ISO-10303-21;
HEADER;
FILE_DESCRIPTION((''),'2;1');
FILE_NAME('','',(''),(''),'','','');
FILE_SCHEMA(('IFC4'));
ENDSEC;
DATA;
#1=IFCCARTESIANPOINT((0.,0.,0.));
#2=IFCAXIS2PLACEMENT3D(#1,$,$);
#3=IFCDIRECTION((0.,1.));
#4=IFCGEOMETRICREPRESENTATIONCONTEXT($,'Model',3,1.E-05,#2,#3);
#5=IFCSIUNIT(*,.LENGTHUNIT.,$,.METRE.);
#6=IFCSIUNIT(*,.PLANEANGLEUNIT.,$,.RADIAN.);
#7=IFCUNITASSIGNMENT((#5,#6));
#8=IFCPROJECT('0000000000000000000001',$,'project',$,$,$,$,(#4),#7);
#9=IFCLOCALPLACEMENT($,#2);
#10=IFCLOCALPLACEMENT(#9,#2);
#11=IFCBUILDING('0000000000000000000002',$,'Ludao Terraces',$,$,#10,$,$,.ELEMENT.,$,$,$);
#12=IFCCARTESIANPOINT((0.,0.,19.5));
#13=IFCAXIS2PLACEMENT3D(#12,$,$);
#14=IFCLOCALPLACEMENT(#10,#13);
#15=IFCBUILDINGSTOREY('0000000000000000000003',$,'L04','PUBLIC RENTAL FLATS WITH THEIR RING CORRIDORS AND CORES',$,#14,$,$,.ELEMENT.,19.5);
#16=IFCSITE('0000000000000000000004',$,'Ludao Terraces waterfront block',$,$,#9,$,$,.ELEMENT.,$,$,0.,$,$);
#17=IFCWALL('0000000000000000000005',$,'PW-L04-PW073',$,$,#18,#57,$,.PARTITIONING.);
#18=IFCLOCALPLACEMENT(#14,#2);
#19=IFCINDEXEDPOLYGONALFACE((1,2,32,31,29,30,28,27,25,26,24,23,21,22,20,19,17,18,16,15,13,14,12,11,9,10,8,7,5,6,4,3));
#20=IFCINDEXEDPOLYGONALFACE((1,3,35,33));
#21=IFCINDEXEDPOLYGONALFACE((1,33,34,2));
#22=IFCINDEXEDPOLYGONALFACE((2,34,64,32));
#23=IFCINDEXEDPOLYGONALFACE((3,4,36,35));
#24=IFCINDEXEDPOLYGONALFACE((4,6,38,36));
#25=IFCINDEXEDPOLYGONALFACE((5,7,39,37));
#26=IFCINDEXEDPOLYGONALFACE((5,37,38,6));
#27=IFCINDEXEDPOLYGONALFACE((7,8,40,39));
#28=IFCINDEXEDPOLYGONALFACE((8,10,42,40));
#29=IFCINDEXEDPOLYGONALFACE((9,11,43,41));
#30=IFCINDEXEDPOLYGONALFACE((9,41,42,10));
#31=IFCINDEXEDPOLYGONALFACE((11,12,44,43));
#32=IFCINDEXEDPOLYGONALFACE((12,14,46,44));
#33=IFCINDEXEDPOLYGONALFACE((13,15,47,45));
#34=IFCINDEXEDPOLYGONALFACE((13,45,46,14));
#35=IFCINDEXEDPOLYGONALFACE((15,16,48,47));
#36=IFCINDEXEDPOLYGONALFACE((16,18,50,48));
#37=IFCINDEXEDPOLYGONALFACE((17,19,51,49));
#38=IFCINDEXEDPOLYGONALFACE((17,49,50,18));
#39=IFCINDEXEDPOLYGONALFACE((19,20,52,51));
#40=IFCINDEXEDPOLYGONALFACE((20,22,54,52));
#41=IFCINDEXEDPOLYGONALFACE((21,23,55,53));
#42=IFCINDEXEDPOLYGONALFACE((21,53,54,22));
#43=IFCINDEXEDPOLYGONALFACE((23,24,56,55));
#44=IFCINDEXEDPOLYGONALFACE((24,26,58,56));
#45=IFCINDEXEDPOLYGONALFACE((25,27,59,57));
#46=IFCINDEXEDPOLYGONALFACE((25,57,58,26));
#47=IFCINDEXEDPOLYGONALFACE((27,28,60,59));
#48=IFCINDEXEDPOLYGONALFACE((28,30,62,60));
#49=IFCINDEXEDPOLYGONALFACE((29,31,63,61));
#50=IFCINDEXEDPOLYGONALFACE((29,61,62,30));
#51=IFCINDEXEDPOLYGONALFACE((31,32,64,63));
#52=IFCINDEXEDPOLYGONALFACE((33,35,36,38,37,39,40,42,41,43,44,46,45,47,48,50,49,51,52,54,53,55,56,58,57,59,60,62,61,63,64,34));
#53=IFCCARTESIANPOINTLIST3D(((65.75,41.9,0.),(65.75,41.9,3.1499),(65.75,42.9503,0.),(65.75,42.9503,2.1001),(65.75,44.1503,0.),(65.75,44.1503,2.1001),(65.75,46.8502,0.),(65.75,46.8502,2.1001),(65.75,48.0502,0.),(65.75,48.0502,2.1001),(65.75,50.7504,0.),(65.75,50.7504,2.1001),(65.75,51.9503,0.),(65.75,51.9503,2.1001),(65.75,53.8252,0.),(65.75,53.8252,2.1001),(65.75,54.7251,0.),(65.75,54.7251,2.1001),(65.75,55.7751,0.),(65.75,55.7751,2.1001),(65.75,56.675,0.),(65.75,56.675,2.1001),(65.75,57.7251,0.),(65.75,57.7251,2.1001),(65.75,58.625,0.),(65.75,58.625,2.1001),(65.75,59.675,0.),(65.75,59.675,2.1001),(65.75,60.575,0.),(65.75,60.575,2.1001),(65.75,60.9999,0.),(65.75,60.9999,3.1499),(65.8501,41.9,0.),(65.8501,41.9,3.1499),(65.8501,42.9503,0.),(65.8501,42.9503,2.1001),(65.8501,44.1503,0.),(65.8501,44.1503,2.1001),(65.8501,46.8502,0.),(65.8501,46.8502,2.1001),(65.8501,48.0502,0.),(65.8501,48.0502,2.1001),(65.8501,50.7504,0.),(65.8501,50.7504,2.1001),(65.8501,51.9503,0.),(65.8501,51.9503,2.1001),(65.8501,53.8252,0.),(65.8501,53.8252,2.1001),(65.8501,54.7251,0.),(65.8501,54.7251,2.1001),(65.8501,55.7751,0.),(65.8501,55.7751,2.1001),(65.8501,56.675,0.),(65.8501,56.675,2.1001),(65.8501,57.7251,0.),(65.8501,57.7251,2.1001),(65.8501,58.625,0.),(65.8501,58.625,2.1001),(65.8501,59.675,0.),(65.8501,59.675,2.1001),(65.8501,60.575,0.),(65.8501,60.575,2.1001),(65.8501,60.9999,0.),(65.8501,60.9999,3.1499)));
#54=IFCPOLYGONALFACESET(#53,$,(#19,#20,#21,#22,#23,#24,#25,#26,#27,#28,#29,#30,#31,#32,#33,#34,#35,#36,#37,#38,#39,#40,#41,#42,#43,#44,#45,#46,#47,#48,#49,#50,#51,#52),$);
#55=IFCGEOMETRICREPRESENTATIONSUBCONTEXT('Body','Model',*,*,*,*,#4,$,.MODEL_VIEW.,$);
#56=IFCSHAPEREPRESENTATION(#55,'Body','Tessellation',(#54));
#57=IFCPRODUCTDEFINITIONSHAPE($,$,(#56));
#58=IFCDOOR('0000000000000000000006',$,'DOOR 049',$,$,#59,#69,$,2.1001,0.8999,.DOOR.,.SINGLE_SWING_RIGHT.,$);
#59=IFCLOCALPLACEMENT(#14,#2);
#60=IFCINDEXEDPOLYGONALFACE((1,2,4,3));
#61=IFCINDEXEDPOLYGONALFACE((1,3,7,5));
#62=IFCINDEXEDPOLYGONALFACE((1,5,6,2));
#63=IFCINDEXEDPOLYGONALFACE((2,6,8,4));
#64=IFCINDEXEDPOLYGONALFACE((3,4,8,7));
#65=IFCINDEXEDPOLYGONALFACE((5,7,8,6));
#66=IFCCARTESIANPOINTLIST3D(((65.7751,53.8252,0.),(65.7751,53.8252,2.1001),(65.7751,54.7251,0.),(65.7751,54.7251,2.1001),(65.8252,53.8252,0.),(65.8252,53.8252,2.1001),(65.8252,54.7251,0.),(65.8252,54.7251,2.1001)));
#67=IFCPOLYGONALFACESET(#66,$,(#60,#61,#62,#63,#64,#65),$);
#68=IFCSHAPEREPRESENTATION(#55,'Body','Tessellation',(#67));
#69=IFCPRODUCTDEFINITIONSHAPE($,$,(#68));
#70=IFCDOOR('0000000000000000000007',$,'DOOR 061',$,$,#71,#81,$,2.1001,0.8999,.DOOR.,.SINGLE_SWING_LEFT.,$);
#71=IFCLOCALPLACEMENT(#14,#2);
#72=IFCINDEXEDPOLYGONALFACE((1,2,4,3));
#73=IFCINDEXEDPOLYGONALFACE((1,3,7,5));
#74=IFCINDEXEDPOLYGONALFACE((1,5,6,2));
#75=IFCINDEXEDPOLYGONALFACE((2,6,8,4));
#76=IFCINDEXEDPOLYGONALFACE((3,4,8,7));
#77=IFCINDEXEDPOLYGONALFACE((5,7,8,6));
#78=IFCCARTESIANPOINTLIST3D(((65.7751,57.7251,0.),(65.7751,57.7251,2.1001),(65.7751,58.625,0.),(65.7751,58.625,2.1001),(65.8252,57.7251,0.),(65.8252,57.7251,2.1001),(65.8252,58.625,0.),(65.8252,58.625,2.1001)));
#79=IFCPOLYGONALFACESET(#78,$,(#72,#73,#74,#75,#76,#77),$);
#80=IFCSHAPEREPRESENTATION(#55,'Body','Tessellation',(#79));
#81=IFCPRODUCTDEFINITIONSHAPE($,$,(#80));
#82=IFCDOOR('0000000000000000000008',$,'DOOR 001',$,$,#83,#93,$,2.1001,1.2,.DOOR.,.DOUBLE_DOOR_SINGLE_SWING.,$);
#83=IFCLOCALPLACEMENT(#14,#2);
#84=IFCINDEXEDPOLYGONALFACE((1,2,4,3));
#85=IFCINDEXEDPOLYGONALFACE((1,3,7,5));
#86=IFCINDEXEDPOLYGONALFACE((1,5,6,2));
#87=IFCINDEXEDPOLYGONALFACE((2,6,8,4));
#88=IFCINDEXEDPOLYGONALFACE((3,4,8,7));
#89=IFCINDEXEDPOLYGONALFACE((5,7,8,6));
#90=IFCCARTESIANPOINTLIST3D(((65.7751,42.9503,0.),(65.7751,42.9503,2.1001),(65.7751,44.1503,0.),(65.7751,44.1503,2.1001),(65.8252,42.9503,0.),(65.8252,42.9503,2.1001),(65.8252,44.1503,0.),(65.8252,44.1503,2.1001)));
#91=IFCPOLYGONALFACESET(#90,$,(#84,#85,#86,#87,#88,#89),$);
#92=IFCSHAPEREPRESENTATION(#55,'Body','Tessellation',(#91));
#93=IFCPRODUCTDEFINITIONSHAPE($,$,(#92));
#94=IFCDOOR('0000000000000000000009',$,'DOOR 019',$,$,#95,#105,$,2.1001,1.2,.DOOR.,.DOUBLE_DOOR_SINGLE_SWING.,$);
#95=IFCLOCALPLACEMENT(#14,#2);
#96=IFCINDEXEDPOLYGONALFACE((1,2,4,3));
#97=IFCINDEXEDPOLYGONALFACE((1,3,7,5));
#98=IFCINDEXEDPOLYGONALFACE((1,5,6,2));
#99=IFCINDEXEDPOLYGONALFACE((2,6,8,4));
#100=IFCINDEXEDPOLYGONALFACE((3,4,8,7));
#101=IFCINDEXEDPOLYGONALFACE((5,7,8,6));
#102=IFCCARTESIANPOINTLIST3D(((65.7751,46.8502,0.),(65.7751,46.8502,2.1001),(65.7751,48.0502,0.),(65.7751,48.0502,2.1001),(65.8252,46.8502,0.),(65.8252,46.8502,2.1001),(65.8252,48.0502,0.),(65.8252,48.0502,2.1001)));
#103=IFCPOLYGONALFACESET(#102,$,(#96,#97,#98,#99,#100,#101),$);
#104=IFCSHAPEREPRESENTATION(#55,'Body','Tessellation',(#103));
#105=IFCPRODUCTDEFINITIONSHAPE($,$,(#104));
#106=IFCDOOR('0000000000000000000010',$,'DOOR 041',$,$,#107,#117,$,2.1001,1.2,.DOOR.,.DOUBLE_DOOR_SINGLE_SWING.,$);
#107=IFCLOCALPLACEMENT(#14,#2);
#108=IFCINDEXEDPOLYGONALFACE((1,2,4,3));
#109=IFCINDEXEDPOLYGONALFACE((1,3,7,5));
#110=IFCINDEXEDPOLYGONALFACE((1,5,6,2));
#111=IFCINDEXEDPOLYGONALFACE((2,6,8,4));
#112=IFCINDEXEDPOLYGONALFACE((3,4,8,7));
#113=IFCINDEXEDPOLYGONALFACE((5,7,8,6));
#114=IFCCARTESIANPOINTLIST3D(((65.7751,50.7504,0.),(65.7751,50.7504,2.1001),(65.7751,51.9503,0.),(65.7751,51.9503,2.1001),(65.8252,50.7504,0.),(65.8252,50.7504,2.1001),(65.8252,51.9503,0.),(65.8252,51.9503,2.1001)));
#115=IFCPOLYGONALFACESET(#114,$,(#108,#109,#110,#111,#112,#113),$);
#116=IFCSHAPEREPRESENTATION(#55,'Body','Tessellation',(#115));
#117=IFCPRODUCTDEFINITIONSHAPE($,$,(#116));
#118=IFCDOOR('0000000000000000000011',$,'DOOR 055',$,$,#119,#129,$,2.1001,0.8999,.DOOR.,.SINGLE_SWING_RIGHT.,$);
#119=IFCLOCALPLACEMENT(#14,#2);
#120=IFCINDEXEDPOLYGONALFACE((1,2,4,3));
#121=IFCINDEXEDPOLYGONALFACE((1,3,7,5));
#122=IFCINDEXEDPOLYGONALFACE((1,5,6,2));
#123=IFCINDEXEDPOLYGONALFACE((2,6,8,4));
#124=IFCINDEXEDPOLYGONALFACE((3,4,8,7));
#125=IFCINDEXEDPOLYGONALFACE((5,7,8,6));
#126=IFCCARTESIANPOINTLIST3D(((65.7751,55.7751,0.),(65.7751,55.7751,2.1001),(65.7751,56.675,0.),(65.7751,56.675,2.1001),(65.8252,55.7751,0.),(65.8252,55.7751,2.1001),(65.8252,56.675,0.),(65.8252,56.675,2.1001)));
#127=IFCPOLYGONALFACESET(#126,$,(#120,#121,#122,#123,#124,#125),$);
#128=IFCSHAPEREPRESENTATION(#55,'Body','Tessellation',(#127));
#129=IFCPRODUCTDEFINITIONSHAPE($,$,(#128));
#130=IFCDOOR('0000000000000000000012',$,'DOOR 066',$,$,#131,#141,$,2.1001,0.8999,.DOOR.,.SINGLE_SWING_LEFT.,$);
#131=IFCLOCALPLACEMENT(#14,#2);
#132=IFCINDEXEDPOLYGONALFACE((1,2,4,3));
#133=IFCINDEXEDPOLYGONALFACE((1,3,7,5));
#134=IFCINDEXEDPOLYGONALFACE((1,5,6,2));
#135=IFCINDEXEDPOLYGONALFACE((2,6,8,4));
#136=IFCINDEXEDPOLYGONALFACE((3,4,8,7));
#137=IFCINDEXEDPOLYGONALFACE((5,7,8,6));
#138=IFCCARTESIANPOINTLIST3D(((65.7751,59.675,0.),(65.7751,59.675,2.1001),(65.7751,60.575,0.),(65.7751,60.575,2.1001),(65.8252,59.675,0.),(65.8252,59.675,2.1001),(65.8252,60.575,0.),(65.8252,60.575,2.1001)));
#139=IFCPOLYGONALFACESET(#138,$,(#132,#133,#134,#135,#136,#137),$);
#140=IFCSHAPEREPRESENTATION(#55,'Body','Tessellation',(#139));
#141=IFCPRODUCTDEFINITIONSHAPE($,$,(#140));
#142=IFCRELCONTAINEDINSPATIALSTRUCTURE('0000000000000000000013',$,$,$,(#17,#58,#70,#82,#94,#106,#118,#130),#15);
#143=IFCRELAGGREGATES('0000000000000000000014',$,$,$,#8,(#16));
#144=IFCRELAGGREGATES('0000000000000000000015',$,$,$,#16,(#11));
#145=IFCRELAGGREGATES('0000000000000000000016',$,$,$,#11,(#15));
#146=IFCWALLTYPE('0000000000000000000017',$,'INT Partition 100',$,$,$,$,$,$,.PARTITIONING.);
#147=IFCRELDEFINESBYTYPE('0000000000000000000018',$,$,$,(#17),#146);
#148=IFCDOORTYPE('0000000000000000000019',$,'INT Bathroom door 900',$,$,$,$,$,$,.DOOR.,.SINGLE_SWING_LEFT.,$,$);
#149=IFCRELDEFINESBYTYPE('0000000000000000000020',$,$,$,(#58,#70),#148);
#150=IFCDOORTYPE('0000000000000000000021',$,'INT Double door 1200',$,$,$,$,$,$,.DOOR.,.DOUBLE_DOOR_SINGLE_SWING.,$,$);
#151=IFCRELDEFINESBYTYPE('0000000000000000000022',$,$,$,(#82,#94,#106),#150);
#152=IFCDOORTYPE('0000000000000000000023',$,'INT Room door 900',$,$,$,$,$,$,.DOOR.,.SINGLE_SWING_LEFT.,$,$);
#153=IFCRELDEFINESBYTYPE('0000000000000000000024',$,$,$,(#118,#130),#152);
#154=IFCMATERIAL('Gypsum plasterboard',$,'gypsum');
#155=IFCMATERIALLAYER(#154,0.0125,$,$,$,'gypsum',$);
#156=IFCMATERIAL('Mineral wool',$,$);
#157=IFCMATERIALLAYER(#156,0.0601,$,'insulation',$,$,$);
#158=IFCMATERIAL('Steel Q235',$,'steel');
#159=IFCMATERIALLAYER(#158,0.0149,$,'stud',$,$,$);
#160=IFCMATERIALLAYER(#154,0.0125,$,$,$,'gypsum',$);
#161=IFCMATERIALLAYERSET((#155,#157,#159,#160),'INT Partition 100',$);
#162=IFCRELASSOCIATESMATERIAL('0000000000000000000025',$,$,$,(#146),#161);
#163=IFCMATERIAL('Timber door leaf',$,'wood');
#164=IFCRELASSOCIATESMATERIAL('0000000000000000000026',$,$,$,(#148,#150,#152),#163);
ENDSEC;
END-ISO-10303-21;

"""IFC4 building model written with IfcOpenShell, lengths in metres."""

from ifc_helpers import new_model, si_unit, direction, frame, frame_2d, origin, place, context, subcontext, project, spatial, rectangle, extrude, material, layer, layer_set, type_object, element, fill, save


model = new_model("IFC4")

# Units and contexts
model_context = context("Model", 3, precision=1e-05, world=origin(), true_north=direction((0.0, 1.0)))
body_context = subcontext(model_context, "Body", "Model", "MODEL_VIEW")
ifc_project = project(units=[si_unit("LENGTHUNIT", "METRE"), si_unit("PLANEANGLEUNIT", "RADIAN")], contexts=[model_context])

# Site, building, storey
site_placement = place(None, origin())
site = spatial("IfcSite", under=ifc_project, at=site_placement, Name="Ludao Terraces waterfront block", CompositionType="ELEMENT", RefElevation=0.0)
building_placement = place(site_placement, origin())
building = spatial("IfcBuilding", under=site, at=building_placement, Name="Ludao Terraces", CompositionType="ELEMENT")
storey_placement = place(building_placement, frame((0.0, 0.0, 19.5)))
storey = spatial("IfcBuildingStorey", under=building, at=storey_placement, Name="L04", Description="PUBLIC RENTAL FLATS WITH THEIR RING CORRIDORS AND CORES", CompositionType="ELEMENT", Elevation=19.5)

# Wall, openings, doors
ifc_material_1 = material(Name="Gypsum plasterboard", Category="gypsum")
ifc_layer_1 = layer(ifc_material_1, 0.0125, Category="gypsum")
ifc_material_2 = material(Name="Mineral wool")
ifc_layer_2 = layer(ifc_material_2, 0.0601, Name="insulation")
ifc_material_3 = material(Name="Steel Q235", Category="steel")
ifc_layer_3 = layer(ifc_material_3, 0.0149, Name="stud")
ifc_layer_4 = layer(ifc_material_1, 0.0125, Category="gypsum")
ifc_layer_set = layer_set([ifc_layer_1, ifc_layer_2, ifc_layer_3, ifc_layer_4], Name="INT Partition 100")
wall_type = type_object("IfcWallType", Name="INT Partition 100", PredefinedType="PARTITIONING", material=ifc_layer_set)
wall_1_placement = place(storey_placement, frame((65.8, 41.9001, 0.0), z_axis=(0.0, 0.0, 1.0), x_axis=(0.0, 1.0, 0.0)))
wall_1 = element("IfcWall", 1, at=wall_1_placement, inside=storey, type_object=wall_type, Name="PW-L04-PW073", PredefinedType="PARTITIONING", context=body_context, shape_type="SweptSolid", body=[
    extrude(rectangle(XDim=19.0999, YDim=0.1001, at=frame_2d((9.5498, 0.0))), origin(), (0.0, 0.0, 1.0), 3.1499),
])
opening_1_placement = place(wall_1_placement, frame((1.05, 0.0, 0.0)))
opening_1 = element("IfcOpeningElement", 2, at=opening_1_placement, cuts=wall_1, PredefinedType="OPENING", context=body_context, shape_type="SweptSolid", body=[
    extrude(rectangle(XDim=1.2, YDim=2.1001, at=frame_2d((0.6001, 1.05))), frame((0.0, 0.0601, 0.0), z_axis=(0.0, -1.0, 0.0), x_axis=(1.0, 0.0, 0.0)), (0.0, 0.0, 1.0), 0.1201),
])
opening_2_placement = place(wall_1_placement, frame((4.95, 0.0, 0.0)))
opening_2 = element("IfcOpeningElement", 3, at=opening_2_placement, cuts=wall_1, PredefinedType="OPENING", context=body_context, shape_type="SweptSolid", body=[
    extrude(rectangle(XDim=1.2, YDim=2.1001, at=frame_2d((0.6001, 1.05))), frame((0.0, 0.0601, 0.0), z_axis=(0.0, -1.0, 0.0), x_axis=(1.0, 0.0, 0.0)), (0.0, 0.0, 1.0), 0.1201),
])
opening_3_placement = place(wall_1_placement, frame((8.8501, 0.0, 0.0)))
opening_3 = element("IfcOpeningElement", 4, at=opening_3_placement, cuts=wall_1, PredefinedType="OPENING", context=body_context, shape_type="SweptSolid", body=[
    extrude(rectangle(XDim=1.2, YDim=2.1001, at=frame_2d((0.6001, 1.05))), frame((0.0, 0.0601, 0.0), z_axis=(0.0, -1.0, 0.0), x_axis=(1.0, 0.0, 0.0)), (0.0, 0.0, 1.0), 0.1201),
])
opening_4_placement = place(wall_1_placement, frame((11.925, 0.0, 0.0)))
opening_4 = element("IfcOpeningElement", 5, at=opening_4_placement, cuts=wall_1, PredefinedType="OPENING", context=body_context, shape_type="SweptSolid", body=[
    extrude(rectangle(XDim=0.8999, YDim=2.1001, at=frame_2d((0.45, 1.05))), frame((0.0, 0.0601, 0.0), z_axis=(0.0, -1.0, 0.0), x_axis=(1.0, 0.0, 0.0)), (0.0, 0.0, 1.0), 0.1201),
])
opening_5_placement = place(wall_1_placement, frame((13.875, 0.0, 0.0)))
opening_5 = element("IfcOpeningElement", 6, at=opening_5_placement, cuts=wall_1, PredefinedType="OPENING", context=body_context, shape_type="SweptSolid", body=[
    extrude(rectangle(XDim=0.8999, YDim=2.1001, at=frame_2d((0.45, 1.05))), frame((0.0, 0.0601, 0.0), z_axis=(0.0, -1.0, 0.0), x_axis=(1.0, 0.0, 0.0)), (0.0, 0.0, 1.0), 0.1201),
])
opening_6_placement = place(wall_1_placement, frame((15.825, 0.0, 0.0)))
opening_6 = element("IfcOpeningElement", 7, at=opening_6_placement, cuts=wall_1, PredefinedType="OPENING", context=body_context, shape_type="SweptSolid", body=[
    extrude(rectangle(XDim=0.8999, YDim=2.1001, at=frame_2d((0.45, 1.05))), frame((0.0, 0.0601, 0.0), z_axis=(0.0, -1.0, 0.0), x_axis=(1.0, 0.0, 0.0)), (0.0, 0.0, 1.0), 0.1201),
])
opening_7_placement = place(wall_1_placement, frame((17.7749, 0.0, 0.0)))
opening_7 = element("IfcOpeningElement", 8, at=opening_7_placement, cuts=wall_1, PredefinedType="OPENING", context=body_context, shape_type="SweptSolid", body=[
    extrude(rectangle(XDim=0.8999, YDim=2.1001, at=frame_2d((0.45, 1.05))), frame((0.0, 0.0601, 0.0), z_axis=(0.0, -1.0, 0.0), x_axis=(1.0, 0.0, 0.0)), (0.0, 0.0, 1.0), 0.1201),
])
ifc_material_4 = material(Name="Timber door leaf", Category="wood")
door_type_1 = type_object("IfcDoorType", Name="INT Bathroom door 900", OperationType="SINGLE_SWING_LEFT", PredefinedType="DOOR", material=ifc_material_4)
door_1_placement = place(opening_4_placement, origin())
door_1 = element("IfcDoor", 9, at=door_1_placement, inside=storey, type_object=door_type_1, Name="DOOR 049", OperationType="SINGLE_SWING_RIGHT", OverallHeight=2.1001, OverallWidth=0.8999, PredefinedType="DOOR", context=body_context, shape_type="SweptSolid", body=[
    extrude(rectangle(XDim=0.8999, YDim=2.1001, at=frame_2d((0.45, 1.05))), frame((0.0, 0.0249, 0.0), z_axis=(0.0, -1.0, 0.0), x_axis=(1.0, 0.0, 0.0)), (0.0, 0.0, 1.0), 0.05),
])
fill(opening_4, door_1)
door_2_placement = place(opening_6_placement, origin())
door_2 = element("IfcDoor", 10, at=door_2_placement, inside=storey, type_object=door_type_1, Name="DOOR 061", OperationType="SINGLE_SWING_LEFT", OverallHeight=2.1001, OverallWidth=0.8999, PredefinedType="DOOR", context=body_context, shape_type="SweptSolid", body=[
    extrude(rectangle(XDim=0.8999, YDim=2.1001, at=frame_2d((0.45, 1.05))), frame((0.0, 0.0249, 0.0), z_axis=(0.0, -1.0, 0.0), x_axis=(1.0, 0.0, 0.0)), (0.0, 0.0, 1.0), 0.05),
])
fill(opening_6, door_2)
door_type_2 = type_object("IfcDoorType", Name="INT Double door 1200", OperationType="DOUBLE_DOOR_SINGLE_SWING", PredefinedType="DOOR", material=ifc_material_4)
door_3_placement = place(opening_1_placement, origin())
door_3 = element("IfcDoor", 11, at=door_3_placement, inside=storey, type_object=door_type_2, Name="DOOR 001", OperationType="DOUBLE_DOOR_SINGLE_SWING", OverallHeight=2.1001, OverallWidth=1.2, PredefinedType="DOOR", context=body_context, shape_type="SweptSolid", body=[
    extrude(rectangle(XDim=1.2, YDim=2.1001, at=frame_2d((0.6001, 1.05))), frame((0.0, 0.0249, 0.0), z_axis=(0.0, -1.0, 0.0), x_axis=(1.0, 0.0, 0.0)), (0.0, 0.0, 1.0), 0.05),
])
fill(opening_1, door_3)
door_4_placement = place(opening_2_placement, origin())
door_4 = element("IfcDoor", 12, at=door_4_placement, inside=storey, type_object=door_type_2, Name="DOOR 019", OperationType="DOUBLE_DOOR_SINGLE_SWING", OverallHeight=2.1001, OverallWidth=1.2, PredefinedType="DOOR", context=body_context, shape_type="SweptSolid", body=[
    extrude(rectangle(XDim=1.2, YDim=2.1001, at=frame_2d((0.6001, 1.05))), frame((0.0, 0.0249, 0.0), z_axis=(0.0, -1.0, 0.0), x_axis=(1.0, 0.0, 0.0)), (0.0, 0.0, 1.0), 0.05),
])
fill(opening_2, door_4)
door_5_placement = place(opening_3_placement, origin())
door_5 = element("IfcDoor", 13, at=door_5_placement, inside=storey, type_object=door_type_2, Name="DOOR 041", OperationType="DOUBLE_DOOR_SINGLE_SWING", OverallHeight=2.1001, OverallWidth=1.2, PredefinedType="DOOR", context=body_context, shape_type="SweptSolid", body=[
    extrude(rectangle(XDim=1.2, YDim=2.1001, at=frame_2d((0.6001, 1.05))), frame((0.0, 0.0249, 0.0), z_axis=(0.0, -1.0, 0.0), x_axis=(1.0, 0.0, 0.0)), (0.0, 0.0, 1.0), 0.05),
])
fill(opening_3, door_5)
door_type_3 = type_object("IfcDoorType", Name="INT Room door 900", OperationType="SINGLE_SWING_LEFT", PredefinedType="DOOR", material=ifc_material_4)
door_6_placement = place(opening_5_placement, origin())
door_6 = element("IfcDoor", 14, at=door_6_placement, inside=storey, type_object=door_type_3, Name="DOOR 055", OperationType="SINGLE_SWING_RIGHT", OverallHeight=2.1001, OverallWidth=0.8999, PredefinedType="DOOR", context=body_context, shape_type="SweptSolid", body=[
    extrude(rectangle(XDim=0.8999, YDim=2.1001, at=frame_2d((0.45, 1.05))), frame((0.0, 0.0249, 0.0), z_axis=(0.0, -1.0, 0.0), x_axis=(1.0, 0.0, 0.0)), (0.0, 0.0, 1.0), 0.05),
])
fill(opening_5, door_6)
door_7_placement = place(opening_7_placement, origin())
door_7 = element("IfcDoor", 15, at=door_7_placement, inside=storey, type_object=door_type_3, Name="DOOR 066", OperationType="SINGLE_SWING_LEFT", OverallHeight=2.1001, OverallWidth=0.8999, PredefinedType="DOOR", context=body_context, shape_type="SweptSolid", body=[
    extrude(rectangle(XDim=0.8999, YDim=2.1001, at=frame_2d((0.45, 1.05))), frame((0.0, 0.0249, 0.0), z_axis=(0.0, -1.0, 0.0), x_axis=(1.0, 0.0, 0.0)), (0.0, 0.0, 1.0), 0.05),
])
fill(opening_7, door_7)

save(model, "model.ifc")
